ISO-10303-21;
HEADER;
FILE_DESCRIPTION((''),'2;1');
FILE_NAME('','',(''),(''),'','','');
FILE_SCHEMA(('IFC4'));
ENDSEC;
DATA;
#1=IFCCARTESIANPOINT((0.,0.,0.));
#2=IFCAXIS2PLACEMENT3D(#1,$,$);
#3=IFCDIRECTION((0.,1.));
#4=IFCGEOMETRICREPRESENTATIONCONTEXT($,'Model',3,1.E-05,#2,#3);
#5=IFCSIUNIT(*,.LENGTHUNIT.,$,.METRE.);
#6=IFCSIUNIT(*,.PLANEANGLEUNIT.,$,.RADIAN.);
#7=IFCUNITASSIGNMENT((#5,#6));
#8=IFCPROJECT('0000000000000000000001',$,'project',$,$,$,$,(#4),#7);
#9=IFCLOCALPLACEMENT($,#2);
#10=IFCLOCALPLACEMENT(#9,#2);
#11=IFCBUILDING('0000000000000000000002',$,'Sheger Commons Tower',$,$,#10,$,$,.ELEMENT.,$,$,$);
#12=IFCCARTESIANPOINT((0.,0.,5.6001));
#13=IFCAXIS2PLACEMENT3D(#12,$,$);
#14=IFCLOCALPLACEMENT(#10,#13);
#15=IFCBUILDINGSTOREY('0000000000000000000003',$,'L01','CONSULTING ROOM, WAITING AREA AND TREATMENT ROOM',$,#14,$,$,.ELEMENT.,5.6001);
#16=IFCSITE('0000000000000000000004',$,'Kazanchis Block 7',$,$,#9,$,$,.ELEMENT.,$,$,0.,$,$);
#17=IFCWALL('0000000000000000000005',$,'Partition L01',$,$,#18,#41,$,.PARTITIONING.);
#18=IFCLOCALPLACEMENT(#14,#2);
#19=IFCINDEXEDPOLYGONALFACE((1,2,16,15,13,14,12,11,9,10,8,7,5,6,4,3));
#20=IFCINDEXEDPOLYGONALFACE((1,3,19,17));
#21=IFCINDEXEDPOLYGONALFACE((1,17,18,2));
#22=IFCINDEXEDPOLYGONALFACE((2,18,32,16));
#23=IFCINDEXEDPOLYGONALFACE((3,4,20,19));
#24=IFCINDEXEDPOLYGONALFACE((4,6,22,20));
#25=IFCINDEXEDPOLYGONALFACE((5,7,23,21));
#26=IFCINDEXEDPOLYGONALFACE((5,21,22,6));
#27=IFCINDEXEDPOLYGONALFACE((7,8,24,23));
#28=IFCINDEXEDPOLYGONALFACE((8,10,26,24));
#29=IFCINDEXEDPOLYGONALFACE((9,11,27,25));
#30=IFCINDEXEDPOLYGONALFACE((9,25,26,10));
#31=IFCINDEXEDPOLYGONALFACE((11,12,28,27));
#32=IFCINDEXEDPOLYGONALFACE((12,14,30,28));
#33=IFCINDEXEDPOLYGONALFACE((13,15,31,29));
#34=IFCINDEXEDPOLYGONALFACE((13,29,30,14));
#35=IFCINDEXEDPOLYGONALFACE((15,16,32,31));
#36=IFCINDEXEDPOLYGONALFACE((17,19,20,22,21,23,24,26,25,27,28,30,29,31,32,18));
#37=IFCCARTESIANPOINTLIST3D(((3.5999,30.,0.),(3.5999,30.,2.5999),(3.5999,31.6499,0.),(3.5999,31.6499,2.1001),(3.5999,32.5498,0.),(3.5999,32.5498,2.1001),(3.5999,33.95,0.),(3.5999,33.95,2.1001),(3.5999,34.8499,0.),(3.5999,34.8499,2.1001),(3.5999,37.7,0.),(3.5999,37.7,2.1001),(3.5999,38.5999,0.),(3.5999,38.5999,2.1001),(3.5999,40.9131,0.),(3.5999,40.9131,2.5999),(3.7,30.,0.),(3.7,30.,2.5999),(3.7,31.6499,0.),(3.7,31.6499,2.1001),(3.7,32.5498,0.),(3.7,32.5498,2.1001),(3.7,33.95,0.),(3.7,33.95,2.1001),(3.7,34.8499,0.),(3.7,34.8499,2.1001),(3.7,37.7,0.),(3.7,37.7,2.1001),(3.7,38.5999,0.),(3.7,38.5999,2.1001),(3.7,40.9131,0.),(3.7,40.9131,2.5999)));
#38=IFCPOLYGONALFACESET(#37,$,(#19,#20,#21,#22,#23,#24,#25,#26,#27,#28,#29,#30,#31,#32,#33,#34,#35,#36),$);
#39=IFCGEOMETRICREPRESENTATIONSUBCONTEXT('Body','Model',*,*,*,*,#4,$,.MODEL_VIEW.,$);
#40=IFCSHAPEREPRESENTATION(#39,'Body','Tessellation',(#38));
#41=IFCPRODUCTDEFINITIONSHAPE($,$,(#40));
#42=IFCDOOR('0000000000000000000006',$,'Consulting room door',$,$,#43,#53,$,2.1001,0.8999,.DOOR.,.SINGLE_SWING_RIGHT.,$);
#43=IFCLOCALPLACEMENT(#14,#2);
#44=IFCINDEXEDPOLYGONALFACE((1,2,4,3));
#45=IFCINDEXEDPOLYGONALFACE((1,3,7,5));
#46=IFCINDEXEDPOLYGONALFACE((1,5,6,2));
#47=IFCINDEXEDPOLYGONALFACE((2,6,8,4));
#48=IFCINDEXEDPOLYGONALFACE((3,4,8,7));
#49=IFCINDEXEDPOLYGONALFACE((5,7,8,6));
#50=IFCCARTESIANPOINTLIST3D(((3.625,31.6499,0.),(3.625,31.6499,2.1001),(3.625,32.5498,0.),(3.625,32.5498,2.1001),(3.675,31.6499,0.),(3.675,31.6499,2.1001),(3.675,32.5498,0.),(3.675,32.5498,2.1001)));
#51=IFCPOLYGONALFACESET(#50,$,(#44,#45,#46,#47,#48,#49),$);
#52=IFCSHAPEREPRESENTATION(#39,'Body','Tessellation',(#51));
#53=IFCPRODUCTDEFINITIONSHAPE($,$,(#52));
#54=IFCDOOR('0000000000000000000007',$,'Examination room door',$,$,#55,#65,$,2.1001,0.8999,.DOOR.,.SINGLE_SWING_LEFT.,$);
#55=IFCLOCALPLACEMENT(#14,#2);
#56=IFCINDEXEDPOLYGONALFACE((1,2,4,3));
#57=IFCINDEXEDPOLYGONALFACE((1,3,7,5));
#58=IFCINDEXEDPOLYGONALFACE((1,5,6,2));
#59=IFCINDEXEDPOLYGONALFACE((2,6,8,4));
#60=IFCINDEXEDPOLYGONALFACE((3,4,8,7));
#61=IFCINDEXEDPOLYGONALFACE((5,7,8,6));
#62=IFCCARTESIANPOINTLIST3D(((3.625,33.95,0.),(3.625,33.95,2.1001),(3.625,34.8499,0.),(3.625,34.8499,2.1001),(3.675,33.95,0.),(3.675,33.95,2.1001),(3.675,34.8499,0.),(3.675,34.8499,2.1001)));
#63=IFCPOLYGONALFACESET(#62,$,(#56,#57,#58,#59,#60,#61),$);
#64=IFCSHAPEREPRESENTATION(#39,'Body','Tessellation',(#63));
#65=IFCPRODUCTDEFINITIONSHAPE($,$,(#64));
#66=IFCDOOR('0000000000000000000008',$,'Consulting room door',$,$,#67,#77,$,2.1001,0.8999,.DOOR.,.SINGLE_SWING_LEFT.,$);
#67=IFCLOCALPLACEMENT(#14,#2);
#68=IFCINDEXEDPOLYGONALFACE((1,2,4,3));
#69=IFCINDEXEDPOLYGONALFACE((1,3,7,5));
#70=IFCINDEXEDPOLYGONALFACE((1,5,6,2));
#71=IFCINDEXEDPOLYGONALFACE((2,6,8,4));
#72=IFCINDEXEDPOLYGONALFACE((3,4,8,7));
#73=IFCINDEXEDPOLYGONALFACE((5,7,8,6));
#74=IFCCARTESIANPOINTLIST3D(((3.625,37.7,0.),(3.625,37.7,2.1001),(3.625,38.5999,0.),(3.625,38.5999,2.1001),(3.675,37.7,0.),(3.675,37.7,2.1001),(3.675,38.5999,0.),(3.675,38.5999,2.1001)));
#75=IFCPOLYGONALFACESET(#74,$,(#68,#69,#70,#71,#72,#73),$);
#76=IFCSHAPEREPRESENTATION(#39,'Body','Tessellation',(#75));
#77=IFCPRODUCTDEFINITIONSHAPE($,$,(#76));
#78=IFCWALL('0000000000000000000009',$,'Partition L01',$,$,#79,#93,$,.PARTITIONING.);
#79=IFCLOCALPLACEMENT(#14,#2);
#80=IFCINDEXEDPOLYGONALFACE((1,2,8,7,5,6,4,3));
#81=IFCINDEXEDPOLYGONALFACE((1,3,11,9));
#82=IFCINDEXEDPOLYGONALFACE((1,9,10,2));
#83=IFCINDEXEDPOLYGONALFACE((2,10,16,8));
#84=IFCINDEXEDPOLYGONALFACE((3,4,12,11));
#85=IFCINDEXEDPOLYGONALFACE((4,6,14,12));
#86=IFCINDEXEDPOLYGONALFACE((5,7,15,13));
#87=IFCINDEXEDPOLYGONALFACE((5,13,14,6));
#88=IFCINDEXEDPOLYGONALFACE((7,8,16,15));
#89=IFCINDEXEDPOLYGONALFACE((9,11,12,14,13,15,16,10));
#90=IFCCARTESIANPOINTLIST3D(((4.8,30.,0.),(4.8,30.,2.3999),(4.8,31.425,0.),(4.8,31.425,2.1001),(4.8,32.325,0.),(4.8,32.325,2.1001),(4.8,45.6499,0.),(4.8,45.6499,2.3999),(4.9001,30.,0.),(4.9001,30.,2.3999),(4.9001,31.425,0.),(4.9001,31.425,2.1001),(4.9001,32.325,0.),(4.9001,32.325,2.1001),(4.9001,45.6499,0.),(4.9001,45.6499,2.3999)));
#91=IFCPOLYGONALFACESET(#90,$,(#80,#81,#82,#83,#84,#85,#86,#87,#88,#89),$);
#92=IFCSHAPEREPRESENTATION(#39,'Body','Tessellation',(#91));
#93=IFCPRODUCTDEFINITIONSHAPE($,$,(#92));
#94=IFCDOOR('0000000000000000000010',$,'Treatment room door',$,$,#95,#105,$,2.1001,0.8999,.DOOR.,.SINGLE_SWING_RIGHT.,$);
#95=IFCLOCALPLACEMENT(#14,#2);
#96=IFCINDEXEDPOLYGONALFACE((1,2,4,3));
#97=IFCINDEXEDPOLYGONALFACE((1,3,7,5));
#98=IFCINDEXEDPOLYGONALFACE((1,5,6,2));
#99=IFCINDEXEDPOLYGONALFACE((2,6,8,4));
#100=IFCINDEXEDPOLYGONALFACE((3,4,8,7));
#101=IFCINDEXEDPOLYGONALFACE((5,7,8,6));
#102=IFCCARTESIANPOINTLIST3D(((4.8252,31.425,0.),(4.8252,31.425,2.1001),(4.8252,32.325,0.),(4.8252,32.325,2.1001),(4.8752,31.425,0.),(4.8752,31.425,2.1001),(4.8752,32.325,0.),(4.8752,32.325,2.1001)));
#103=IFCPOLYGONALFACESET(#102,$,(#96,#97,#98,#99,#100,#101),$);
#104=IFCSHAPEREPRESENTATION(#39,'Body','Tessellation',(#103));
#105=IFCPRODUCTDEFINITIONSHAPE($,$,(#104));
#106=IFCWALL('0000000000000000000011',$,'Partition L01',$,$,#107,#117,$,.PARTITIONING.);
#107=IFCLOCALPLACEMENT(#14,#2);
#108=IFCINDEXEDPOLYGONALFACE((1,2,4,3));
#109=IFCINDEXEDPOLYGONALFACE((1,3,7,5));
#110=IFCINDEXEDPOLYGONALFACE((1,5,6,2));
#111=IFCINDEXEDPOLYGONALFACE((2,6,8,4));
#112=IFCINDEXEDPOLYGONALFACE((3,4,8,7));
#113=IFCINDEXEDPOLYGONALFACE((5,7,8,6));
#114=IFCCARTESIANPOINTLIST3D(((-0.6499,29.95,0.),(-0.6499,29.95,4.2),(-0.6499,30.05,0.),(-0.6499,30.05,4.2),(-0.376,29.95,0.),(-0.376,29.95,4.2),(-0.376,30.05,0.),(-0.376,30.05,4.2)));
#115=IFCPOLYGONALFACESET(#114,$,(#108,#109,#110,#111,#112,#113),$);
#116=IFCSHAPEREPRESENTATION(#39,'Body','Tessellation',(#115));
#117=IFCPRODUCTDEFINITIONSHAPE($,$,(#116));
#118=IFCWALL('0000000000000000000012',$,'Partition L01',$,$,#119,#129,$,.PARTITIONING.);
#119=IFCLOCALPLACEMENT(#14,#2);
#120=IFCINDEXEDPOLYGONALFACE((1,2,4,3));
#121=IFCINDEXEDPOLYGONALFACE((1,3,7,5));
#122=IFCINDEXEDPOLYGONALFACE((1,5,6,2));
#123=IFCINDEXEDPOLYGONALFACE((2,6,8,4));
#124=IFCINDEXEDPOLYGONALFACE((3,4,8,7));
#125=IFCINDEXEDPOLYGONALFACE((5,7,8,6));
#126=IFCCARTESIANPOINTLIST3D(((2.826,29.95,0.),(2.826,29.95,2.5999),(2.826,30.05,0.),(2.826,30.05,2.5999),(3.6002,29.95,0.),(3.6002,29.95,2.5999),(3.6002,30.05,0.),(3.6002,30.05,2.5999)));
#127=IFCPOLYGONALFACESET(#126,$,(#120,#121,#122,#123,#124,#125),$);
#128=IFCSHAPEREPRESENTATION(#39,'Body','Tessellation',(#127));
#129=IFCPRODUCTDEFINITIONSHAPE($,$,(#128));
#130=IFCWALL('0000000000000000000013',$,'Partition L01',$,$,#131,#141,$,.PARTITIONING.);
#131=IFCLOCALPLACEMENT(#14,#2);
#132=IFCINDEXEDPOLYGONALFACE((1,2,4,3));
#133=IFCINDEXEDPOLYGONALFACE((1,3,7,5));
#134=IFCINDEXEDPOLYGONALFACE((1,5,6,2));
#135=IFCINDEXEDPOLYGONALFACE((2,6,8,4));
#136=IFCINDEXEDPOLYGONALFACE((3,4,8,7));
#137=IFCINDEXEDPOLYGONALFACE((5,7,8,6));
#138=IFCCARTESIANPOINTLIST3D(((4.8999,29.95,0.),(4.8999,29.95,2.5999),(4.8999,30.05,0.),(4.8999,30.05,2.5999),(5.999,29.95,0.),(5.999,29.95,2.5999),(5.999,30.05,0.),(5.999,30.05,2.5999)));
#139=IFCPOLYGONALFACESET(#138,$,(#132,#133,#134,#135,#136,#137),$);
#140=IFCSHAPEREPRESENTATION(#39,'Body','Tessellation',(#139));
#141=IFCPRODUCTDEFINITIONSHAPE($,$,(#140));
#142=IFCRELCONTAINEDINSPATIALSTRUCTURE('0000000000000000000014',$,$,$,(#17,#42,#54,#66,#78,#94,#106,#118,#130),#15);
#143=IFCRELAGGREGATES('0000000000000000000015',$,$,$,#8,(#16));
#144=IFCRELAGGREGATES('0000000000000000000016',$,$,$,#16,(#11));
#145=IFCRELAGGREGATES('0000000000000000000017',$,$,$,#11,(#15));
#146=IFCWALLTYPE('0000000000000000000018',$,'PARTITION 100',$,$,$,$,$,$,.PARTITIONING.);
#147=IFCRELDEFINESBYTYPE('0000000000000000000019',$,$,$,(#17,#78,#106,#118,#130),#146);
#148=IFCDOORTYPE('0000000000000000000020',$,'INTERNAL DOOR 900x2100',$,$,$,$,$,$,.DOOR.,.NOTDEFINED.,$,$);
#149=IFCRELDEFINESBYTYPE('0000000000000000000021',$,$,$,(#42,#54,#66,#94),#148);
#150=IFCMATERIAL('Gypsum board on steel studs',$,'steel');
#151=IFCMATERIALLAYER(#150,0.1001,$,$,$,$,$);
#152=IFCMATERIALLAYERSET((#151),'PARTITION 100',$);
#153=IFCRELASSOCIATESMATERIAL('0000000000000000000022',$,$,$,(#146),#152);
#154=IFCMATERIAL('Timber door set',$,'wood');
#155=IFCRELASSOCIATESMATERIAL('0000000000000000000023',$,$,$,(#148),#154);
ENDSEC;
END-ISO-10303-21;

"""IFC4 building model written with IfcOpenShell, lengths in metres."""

from ifc_helpers import new_model, si_unit, direction, frame, frame_2d, origin, place, context, subcontext, project, spatial, rectangle, extrude, material, layer, layer_set, type_object, element, fill, save


model = new_model("IFC4")

# Units and contexts
model_context = context("Model", 3, precision=1e-05, world=origin(), true_north=direction((0.0, 1.0)))
body_context = subcontext(model_context, "Body", "Model", "MODEL_VIEW")
ifc_project = project(units=[si_unit("LENGTHUNIT", "METRE"), si_unit("PLANEANGLEUNIT", "RADIAN")], contexts=[model_context])

# Site, building, storey
site_placement = place(None, origin())
site = spatial("IfcSite", under=ifc_project, at=site_placement, Name="Kazanchis Block 7", CompositionType="ELEMENT", RefElevation=0.0)
building_placement = place(site_placement, origin())
building = spatial("IfcBuilding", under=site, at=building_placement, Name="Sheger Commons Tower", CompositionType="ELEMENT")
storey_placement = place(building_placement, frame((0.0, 0.0, 5.6001)))
storey = spatial("IfcBuildingStorey", under=building, at=storey_placement, Name="L01", Description="CONSULTING ROOM, WAITING AREA AND TREATMENT ROOM", CompositionType="ELEMENT", Elevation=5.6001)

# Shared definitions
ifc_material_1 = material(Name="Gypsum board on steel studs", Category="steel")
ifc_layer_1 = layer(ifc_material_1, 0.1001)
ifc_layer_set_1 = layer_set([ifc_layer_1], Name="PARTITION 100")
wall_type_1 = type_object("IfcWallType", Name="PARTITION 100", PredefinedType="PARTITIONING", material=ifc_layer_set_1)

# Wall, openings, doors
wall_1_placement = place(storey_placement, frame((3.6499, 30.0, 0.0), z_axis=(0.0, 0.0, 1.0), x_axis=(0.0, 1.0, 0.0)))
wall_1 = element("IfcWall", 1, at=wall_1_placement, inside=storey, type_object=wall_type_1, Name="Partition L01", PredefinedType="PARTITIONING", context=body_context, shape_type="SweptSolid", body=[
    extrude(rectangle(XDim=10.9131, YDim=0.1001, at=frame_2d((5.4565, 0.0))), origin(), (0.0, 0.0, 1.0), 2.5999),
])
opening_1_placement = place(wall_1_placement, frame((1.6499, 0.0, 0.0)))
opening_1 = element("IfcOpeningElement", 2, at=opening_1_placement, cuts=wall_1, PredefinedType="OPENING", context=body_context, shape_type="SweptSolid", body=[
    extrude(rectangle(XDim=0.8999, YDim=2.1001, at=frame_2d((0.45, 1.05))), frame((0.0, 0.0601, 0.0), z_axis=(0.0, -1.0, 0.0), x_axis=(1.0, 0.0, 0.0)), (0.0, 0.0, 1.0), 0.1201),
])
opening_2_placement = place(wall_1_placement, frame((3.95, 0.0, 0.0)))
opening_2 = element("IfcOpeningElement", 3, at=opening_2_placement, cuts=wall_1, PredefinedType="OPENING", context=body_context, shape_type="SweptSolid", body=[
    extrude(rectangle(XDim=0.8999, YDim=2.1001, at=frame_2d((0.45, 1.05))), frame((0.0, 0.0601, 0.0), z_axis=(0.0, -1.0, 0.0), x_axis=(1.0, 0.0, 0.0)), (0.0, 0.0, 1.0), 0.1201),
])
opening_3_placement = place(wall_1_placement, frame((7.7, 0.0, 0.0)))
opening_3 = element("IfcOpeningElement", 4, at=opening_3_placement, cuts=wall_1, PredefinedType="OPENING", context=body_context, shape_type="SweptSolid", body=[
    extrude(rectangle(XDim=0.8999, YDim=2.1001, at=frame_2d((0.45, 1.05))), frame((0.0, 0.0601, 0.0), z_axis=(0.0, -1.0, 0.0), x_axis=(1.0, 0.0, 0.0)), (0.0, 0.0, 1.0), 0.1201),
])
ifc_material_2 = material(Name="Timber door set", Category="wood")
door_type = type_object("IfcDoorType", Name="INTERNAL DOOR 900x2100", OperationType="NOTDEFINED", PredefinedType="DOOR", material=ifc_material_2)
door_1_placement = place(opening_1_placement, origin())
door_1 = element("IfcDoor", 5, at=door_1_placement, inside=storey, type_object=door_type, Name="Consulting room door", OperationType="SINGLE_SWING_RIGHT", OverallHeight=2.1001, OverallWidth=0.8999, PredefinedType="DOOR", context=body_context, shape_type="SweptSolid", body=[
    extrude(rectangle(XDim=0.8999, YDim=2.1001, at=frame_2d((0.45, 1.05))), frame((0.0, 0.0249, 0.0), z_axis=(0.0, -1.0, 0.0), x_axis=(1.0, 0.0, 0.0)), (0.0, 0.0, 1.0), 0.05),
])
fill(opening_1, door_1)
door_2_placement = place(opening_2_placement, origin())
door_2 = element("IfcDoor", 6, at=door_2_placement, inside=storey, type_object=door_type, Name="Examination room door", OperationType="SINGLE_SWING_LEFT", OverallHeight=2.1001, OverallWidth=0.8999, PredefinedType="DOOR", context=body_context, shape_type="SweptSolid", body=[
    extrude(rectangle(XDim=0.8999, YDim=2.1001, at=frame_2d((0.45, 1.05))), frame((0.0, 0.0249, 0.0), z_axis=(0.0, -1.0, 0.0), x_axis=(1.0, 0.0, 0.0)), (0.0, 0.0, 1.0), 0.05),
])
fill(opening_2, door_2)
door_3_placement = place(opening_3_placement, origin())
door_3 = element("IfcDoor", 7, at=door_3_placement, inside=storey, type_object=door_type, Name="Consulting room door", OperationType="SINGLE_SWING_LEFT", OverallHeight=2.1001, OverallWidth=0.8999, PredefinedType="DOOR", context=body_context, shape_type="SweptSolid", body=[
    extrude(rectangle(XDim=0.8999, YDim=2.1001, at=frame_2d((0.45, 1.05))), frame((0.0, 0.0249, 0.0), z_axis=(0.0, -1.0, 0.0), x_axis=(1.0, 0.0, 0.0)), (0.0, 0.0, 1.0), 0.05),
])
fill(opening_3, door_3)

# Wall, opening, door
wall_2_placement = place(storey_placement, frame((4.8501, 30.0, 0.0), z_axis=(0.0, 0.0, 1.0), x_axis=(0.0, 1.0, 0.0)))
wall_2 = element("IfcWall", 8, at=wall_2_placement, inside=storey, type_object=wall_type_1, Name="Partition L01", PredefinedType="PARTITIONING", context=body_context, shape_type="SweptSolid", body=[
    extrude(rectangle(XDim=15.6499, YDim=0.1001, at=frame_2d((7.825, 0.0))), origin(), (0.0, 0.0, 1.0), 2.3999),
])
opening_4_placement = place(wall_2_placement, frame((1.425, 0.0, 0.0)))
opening_4 = element("IfcOpeningElement", 9, at=opening_4_placement, cuts=wall_2, PredefinedType="OPENING", context=body_context, shape_type="SweptSolid", body=[
    extrude(rectangle(XDim=0.8999, YDim=2.1001, at=frame_2d((0.45, 1.05))), frame((0.0, 0.0601, 0.0), z_axis=(0.0, -1.0, 0.0), x_axis=(1.0, 0.0, 0.0)), (0.0, 0.0, 1.0), 0.1201),
])
door_4_placement = place(opening_4_placement, origin())
door_4 = element("IfcDoor", 10, at=door_4_placement, inside=storey, type_object=door_type, Name="Treatment room door", OperationType="SINGLE_SWING_RIGHT", OverallHeight=2.1001, OverallWidth=0.8999, PredefinedType="DOOR", context=body_context, shape_type="SweptSolid", body=[
    extrude(rectangle(XDim=0.8999, YDim=2.1001, at=frame_2d((0.45, 1.05))), frame((0.0, 0.0249, 0.0), z_axis=(0.0, -1.0, 0.0), x_axis=(1.0, 0.0, 0.0)), (0.0, 0.0, 1.0), 0.05),
])
fill(opening_4, door_4)

# Walls
wall_3_placement = place(storey_placement, frame((-0.6499, 30.0, 0.0), z_axis=(0.0, 0.0, 1.0), x_axis=(1.0, 0.0, 0.0)))
element("IfcWall", 11, at=wall_3_placement, inside=storey, type_object=wall_type_1, Name="Partition L01", PredefinedType="PARTITIONING", context=body_context, shape_type="SweptSolid", body=[
    extrude(rectangle(XDim=0.2739, YDim=0.1001, at=frame_2d((0.137, 0.0))), origin(), (0.0, 0.0, 1.0), 4.2),
])
wall_4_placement = place(storey_placement, frame((2.8259, 30.0, 0.0), z_axis=(0.0, 0.0, 1.0), x_axis=(1.0, 0.0, 0.0)))
element("IfcWall", 12, at=wall_4_placement, inside=storey, type_object=wall_type_1, Name="Partition L01", PredefinedType="PARTITIONING", context=body_context, shape_type="SweptSolid", body=[
    extrude(rectangle(XDim=0.7742, YDim=0.1001, at=frame_2d((0.3872, 0.0))), origin(), (0.0, 0.0, 1.0), 2.5999),
])
wall_5_placement = place(storey_placement, frame((4.8999, 30.0, 0.0), z_axis=(0.0, 0.0, 1.0), x_axis=(1.0, 0.0, 0.0)))
element("IfcWall", 13, at=wall_5_placement, inside=storey, type_object=wall_type_1, Name="Partition L01", PredefinedType="PARTITIONING", context=body_context, shape_type="SweptSolid", body=[
    extrude(rectangle(XDim=1.0991, YDim=0.1001, at=frame_2d((0.5496, 0.0))), origin(), (0.0, 0.0, 1.0), 2.5999),
])

save(model, "model.ifc")
